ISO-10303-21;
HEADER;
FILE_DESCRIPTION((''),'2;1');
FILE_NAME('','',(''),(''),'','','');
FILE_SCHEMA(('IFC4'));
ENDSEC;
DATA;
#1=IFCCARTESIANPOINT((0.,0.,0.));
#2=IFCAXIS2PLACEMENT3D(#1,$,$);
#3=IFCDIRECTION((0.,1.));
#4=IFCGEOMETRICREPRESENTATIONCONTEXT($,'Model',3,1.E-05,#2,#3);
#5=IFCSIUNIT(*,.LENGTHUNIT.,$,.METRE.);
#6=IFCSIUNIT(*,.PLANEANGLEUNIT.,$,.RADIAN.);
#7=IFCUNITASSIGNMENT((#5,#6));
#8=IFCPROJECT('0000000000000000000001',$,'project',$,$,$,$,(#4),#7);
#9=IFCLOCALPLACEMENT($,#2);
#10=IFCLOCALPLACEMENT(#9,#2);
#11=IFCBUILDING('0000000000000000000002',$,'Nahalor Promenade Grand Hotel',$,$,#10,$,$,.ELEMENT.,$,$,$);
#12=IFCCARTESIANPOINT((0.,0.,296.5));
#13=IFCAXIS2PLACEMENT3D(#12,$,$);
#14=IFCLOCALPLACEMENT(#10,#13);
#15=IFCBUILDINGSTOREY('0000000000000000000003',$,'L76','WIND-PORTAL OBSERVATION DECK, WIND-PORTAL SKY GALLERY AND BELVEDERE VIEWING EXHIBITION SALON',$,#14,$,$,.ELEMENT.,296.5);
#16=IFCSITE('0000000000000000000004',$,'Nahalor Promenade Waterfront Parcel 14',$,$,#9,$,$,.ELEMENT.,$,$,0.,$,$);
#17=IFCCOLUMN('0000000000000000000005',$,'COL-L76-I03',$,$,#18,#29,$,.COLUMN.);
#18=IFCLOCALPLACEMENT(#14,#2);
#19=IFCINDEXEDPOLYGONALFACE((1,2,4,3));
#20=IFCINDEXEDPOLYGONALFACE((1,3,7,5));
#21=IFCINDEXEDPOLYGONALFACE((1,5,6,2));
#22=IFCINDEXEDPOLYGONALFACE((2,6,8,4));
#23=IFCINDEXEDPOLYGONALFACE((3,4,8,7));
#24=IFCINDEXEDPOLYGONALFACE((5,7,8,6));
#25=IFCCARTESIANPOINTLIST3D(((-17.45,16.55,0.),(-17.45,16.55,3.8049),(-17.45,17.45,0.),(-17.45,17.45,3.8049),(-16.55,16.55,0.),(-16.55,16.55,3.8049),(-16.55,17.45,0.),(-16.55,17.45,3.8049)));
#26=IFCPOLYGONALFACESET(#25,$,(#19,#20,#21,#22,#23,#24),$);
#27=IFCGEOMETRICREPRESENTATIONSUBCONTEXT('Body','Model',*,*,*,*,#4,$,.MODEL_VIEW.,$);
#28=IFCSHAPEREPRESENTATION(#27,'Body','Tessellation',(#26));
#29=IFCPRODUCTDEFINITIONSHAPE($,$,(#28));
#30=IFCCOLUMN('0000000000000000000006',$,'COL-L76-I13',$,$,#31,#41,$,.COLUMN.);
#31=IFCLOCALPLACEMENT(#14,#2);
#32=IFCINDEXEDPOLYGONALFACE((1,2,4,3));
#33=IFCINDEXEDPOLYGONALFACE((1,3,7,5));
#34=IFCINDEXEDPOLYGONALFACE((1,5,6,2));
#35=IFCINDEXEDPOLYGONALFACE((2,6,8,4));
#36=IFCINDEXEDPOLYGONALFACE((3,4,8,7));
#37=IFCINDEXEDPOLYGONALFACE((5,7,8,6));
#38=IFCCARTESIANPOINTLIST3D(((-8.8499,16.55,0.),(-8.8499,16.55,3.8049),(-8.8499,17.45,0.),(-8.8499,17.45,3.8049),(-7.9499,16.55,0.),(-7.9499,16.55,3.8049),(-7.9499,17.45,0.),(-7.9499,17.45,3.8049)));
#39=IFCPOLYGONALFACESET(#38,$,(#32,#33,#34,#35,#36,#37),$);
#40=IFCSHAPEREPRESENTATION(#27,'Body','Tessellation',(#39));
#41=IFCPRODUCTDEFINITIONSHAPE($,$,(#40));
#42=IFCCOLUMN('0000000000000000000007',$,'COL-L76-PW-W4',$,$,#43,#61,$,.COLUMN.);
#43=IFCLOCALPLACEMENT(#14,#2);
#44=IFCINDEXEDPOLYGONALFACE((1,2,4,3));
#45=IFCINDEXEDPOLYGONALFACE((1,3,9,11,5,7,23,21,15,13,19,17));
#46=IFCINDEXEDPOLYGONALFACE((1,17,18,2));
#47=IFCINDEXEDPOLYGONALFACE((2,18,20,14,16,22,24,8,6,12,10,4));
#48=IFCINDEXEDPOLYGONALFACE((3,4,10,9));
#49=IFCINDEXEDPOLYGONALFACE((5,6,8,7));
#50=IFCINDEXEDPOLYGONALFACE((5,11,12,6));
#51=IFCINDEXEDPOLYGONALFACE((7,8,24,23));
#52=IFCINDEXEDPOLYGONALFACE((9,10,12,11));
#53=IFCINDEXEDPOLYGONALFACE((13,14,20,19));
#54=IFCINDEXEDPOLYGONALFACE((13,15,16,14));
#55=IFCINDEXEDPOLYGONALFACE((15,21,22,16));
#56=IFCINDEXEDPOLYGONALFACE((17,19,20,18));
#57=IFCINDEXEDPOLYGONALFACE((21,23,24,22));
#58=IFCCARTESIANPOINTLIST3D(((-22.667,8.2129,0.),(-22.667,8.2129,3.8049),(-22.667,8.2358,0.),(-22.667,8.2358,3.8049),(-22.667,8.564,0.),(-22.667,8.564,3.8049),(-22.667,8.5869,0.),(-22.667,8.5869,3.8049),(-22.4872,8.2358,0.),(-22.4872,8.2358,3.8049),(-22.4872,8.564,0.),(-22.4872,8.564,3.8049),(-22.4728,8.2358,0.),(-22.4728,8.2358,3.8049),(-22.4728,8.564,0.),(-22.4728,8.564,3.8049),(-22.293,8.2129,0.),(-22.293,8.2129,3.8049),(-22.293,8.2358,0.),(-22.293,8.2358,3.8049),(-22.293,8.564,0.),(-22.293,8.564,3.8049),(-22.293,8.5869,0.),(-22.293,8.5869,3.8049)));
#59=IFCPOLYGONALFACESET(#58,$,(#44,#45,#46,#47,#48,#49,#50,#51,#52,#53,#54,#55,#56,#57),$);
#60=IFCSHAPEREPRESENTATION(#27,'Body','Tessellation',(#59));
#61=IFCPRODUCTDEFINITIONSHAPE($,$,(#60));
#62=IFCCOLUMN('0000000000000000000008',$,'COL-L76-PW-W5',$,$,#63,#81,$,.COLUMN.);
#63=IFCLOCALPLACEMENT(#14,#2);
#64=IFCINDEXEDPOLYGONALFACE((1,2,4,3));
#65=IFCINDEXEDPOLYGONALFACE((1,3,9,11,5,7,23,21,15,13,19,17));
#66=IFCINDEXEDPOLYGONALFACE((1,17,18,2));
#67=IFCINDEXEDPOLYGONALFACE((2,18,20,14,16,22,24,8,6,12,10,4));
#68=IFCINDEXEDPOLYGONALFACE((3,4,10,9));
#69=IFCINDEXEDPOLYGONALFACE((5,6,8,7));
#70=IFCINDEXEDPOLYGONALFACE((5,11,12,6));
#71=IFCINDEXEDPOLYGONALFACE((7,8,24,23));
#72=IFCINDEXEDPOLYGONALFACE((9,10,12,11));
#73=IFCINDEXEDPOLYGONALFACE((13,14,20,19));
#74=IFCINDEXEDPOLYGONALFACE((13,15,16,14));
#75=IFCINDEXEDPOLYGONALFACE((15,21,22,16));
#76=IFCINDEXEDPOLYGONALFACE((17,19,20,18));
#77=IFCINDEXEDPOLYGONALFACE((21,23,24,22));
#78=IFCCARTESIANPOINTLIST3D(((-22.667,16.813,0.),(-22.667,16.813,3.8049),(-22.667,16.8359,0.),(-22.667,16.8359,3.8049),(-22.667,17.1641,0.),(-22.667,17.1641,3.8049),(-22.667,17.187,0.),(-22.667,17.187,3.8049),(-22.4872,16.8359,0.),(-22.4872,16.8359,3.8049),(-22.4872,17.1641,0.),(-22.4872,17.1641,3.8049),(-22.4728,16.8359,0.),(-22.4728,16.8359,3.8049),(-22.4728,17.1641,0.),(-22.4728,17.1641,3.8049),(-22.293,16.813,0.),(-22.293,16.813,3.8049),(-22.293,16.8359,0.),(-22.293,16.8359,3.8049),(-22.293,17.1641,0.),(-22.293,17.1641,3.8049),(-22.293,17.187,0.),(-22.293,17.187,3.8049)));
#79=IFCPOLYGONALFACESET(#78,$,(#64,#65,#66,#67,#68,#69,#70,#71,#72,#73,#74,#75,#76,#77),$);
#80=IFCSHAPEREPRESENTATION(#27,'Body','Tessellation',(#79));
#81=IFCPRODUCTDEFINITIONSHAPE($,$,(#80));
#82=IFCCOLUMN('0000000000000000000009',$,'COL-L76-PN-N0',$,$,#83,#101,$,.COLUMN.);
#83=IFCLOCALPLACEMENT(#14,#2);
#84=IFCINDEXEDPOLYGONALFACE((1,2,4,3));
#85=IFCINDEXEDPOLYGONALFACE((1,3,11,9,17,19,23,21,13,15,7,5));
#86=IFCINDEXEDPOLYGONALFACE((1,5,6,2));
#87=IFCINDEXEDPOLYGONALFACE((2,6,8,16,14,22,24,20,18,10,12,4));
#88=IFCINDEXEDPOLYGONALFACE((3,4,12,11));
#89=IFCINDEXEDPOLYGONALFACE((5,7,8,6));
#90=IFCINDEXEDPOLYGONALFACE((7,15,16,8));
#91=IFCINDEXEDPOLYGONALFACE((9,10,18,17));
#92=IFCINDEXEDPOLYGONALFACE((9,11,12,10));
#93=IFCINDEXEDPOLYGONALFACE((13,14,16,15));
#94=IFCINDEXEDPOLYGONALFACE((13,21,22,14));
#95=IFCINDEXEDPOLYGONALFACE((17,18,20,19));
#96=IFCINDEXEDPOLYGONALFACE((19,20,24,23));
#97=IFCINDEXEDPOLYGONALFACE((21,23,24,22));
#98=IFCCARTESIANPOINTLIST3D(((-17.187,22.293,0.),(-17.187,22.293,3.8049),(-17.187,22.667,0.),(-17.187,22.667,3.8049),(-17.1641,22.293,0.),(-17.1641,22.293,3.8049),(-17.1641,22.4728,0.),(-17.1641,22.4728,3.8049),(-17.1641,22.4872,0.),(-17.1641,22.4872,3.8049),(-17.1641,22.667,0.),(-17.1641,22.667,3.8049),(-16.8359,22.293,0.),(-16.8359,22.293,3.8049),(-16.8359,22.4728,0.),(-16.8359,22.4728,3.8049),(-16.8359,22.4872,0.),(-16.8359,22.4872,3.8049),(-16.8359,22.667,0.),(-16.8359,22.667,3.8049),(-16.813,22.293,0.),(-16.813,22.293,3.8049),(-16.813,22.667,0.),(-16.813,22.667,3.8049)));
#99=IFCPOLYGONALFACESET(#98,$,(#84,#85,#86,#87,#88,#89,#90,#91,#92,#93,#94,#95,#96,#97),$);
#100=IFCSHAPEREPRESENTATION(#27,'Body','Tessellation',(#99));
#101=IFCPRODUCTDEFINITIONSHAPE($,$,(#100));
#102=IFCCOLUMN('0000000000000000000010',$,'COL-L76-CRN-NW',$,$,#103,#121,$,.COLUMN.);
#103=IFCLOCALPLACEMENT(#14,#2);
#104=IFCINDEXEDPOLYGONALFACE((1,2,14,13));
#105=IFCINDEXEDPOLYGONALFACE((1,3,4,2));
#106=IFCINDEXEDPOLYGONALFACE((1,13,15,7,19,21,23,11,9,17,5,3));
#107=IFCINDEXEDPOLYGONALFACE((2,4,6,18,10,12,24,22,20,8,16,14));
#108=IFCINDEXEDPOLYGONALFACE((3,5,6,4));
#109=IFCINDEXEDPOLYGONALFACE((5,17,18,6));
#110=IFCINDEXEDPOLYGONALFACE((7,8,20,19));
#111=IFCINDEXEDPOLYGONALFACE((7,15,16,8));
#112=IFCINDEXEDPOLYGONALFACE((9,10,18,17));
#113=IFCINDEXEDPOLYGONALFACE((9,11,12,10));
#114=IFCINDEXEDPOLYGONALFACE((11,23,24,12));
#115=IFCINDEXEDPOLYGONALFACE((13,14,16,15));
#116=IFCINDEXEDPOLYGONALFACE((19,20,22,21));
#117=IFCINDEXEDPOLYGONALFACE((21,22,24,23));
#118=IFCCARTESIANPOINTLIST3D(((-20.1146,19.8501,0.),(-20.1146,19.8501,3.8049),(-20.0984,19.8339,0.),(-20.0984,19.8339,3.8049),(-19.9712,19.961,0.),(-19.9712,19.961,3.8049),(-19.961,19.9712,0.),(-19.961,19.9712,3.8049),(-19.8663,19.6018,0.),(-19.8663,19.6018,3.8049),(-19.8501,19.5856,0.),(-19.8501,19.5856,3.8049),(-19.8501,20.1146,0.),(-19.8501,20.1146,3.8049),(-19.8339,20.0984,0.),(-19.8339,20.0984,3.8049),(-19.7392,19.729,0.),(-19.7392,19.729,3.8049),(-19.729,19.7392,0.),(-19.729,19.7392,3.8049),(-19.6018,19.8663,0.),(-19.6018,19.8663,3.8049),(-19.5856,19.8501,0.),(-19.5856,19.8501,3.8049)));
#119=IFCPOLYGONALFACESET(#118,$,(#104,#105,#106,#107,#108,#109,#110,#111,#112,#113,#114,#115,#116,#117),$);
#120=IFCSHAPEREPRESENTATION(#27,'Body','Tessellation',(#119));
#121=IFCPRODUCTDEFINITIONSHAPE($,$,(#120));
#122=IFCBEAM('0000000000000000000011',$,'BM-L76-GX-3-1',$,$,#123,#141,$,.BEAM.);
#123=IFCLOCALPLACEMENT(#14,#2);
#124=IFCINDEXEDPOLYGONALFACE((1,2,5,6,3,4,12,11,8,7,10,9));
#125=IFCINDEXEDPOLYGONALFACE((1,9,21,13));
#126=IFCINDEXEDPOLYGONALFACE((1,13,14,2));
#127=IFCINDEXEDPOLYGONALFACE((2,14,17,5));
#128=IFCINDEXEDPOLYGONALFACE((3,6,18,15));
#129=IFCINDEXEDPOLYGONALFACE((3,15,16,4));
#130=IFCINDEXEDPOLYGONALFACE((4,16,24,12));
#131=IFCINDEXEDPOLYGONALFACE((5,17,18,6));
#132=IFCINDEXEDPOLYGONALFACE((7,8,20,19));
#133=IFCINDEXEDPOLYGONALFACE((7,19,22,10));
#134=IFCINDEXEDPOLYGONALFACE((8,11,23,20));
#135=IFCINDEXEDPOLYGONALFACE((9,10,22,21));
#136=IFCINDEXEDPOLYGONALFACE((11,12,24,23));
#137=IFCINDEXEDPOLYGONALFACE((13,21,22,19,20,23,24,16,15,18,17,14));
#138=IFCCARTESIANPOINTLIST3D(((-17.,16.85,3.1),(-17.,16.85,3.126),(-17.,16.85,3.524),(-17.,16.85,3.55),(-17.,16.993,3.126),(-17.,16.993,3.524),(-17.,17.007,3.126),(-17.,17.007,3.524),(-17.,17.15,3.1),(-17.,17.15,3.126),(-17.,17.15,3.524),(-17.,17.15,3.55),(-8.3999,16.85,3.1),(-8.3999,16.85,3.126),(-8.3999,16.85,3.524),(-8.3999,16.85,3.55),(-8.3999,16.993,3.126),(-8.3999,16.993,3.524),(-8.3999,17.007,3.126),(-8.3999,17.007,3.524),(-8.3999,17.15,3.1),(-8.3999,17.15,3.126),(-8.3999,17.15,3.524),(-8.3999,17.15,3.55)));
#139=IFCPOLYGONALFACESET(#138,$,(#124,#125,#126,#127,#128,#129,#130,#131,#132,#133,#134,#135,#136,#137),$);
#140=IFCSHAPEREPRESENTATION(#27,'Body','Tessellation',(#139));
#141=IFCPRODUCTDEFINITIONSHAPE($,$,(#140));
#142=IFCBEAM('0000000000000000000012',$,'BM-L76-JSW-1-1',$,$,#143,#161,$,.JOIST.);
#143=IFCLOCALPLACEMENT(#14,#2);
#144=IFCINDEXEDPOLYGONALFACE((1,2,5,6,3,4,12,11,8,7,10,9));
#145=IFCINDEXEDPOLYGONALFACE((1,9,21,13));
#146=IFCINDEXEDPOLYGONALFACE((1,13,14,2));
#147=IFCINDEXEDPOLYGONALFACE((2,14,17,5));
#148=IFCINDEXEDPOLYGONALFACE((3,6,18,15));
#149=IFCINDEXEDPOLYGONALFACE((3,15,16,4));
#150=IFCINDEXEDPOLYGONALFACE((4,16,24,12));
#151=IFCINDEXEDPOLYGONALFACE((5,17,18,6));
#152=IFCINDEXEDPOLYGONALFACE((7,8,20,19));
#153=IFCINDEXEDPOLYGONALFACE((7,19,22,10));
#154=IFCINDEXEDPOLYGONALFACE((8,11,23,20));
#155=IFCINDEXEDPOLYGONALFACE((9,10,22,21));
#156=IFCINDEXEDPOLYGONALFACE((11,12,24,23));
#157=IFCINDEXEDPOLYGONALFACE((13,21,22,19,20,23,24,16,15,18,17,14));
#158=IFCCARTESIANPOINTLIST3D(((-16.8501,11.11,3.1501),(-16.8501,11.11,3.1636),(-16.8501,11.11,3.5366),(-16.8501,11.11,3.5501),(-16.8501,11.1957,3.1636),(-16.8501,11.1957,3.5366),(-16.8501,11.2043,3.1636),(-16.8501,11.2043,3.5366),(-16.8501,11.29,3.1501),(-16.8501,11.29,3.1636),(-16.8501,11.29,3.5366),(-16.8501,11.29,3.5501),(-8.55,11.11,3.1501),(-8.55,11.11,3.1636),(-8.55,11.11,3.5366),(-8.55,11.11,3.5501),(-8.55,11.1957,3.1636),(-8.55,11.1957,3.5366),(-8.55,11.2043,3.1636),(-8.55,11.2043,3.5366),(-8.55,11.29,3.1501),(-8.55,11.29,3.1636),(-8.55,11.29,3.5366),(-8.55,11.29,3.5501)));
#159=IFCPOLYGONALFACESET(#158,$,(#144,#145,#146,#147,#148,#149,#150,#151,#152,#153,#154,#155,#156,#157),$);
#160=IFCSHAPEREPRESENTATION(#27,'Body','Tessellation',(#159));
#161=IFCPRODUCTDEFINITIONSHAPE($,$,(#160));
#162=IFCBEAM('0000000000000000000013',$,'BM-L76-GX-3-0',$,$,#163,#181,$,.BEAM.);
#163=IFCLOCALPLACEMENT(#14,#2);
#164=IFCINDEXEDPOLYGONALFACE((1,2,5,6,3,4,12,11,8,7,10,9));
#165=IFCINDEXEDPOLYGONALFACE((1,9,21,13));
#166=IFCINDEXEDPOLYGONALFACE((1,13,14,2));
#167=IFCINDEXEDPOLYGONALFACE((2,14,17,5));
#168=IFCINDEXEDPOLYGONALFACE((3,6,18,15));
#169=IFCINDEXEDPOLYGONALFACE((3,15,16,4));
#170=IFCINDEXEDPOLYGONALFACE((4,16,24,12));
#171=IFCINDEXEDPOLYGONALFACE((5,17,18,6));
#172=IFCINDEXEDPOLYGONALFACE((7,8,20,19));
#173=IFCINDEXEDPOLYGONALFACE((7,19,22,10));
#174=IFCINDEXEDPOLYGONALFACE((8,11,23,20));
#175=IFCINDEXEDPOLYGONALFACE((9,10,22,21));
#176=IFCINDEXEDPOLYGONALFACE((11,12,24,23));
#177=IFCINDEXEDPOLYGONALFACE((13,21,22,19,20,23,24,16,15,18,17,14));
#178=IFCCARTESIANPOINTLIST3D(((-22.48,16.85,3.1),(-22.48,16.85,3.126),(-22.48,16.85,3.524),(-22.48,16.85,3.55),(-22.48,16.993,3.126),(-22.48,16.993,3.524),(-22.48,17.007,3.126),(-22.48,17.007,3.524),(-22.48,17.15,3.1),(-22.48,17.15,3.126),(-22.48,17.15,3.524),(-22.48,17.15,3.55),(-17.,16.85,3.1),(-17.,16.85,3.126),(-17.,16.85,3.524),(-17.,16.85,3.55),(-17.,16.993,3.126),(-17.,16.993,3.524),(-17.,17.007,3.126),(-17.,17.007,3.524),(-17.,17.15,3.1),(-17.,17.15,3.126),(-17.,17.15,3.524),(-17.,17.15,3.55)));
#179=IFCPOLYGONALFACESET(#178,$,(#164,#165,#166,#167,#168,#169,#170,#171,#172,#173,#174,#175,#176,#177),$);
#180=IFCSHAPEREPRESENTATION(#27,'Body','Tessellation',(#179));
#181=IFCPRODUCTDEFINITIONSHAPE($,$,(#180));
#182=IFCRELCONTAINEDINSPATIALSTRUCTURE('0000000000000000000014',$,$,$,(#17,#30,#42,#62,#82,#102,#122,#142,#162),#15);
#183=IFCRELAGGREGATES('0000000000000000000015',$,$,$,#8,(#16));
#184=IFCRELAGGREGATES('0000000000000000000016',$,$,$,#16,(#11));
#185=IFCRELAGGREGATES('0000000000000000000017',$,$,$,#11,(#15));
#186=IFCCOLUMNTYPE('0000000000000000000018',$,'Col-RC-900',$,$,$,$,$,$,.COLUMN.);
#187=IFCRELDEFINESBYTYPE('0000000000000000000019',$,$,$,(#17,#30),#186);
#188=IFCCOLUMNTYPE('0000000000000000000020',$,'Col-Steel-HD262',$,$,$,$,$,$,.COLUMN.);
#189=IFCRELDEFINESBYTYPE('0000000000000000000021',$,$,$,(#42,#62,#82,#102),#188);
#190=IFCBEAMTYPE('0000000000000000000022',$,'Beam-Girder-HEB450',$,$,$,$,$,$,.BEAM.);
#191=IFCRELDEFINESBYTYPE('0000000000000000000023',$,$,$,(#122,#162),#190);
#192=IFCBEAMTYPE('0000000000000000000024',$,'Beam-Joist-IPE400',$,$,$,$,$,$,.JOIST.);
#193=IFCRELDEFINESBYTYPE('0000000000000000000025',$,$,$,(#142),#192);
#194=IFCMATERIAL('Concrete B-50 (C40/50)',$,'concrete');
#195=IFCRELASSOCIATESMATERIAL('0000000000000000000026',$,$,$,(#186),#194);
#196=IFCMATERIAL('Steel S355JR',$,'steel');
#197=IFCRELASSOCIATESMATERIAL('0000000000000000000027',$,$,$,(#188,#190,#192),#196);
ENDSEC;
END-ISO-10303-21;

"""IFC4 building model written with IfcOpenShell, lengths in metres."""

from ifc_helpers import new_model, si_unit, direction, frame, origin, origin_2d, place, context, subcontext, project, spatial, rectangle, i_section, extrude, source, transform, mapped, material, material_profile, profile_set, type_object, element, save


model = new_model("IFC4")

# Units and contexts
model_context = context("Model", 3, precision=1e-05, world=origin(), true_north=direction((0.0, 1.0)))
body_context = subcontext(model_context, "Body", "Model", "MODEL_VIEW")
ifc_project = project(units=[si_unit("LENGTHUNIT", "METRE"), si_unit("PLANEANGLEUNIT", "RADIAN")], contexts=[model_context])

# Site, building, storey
site_placement = place(None, origin())
site = spatial("IfcSite", under=ifc_project, at=site_placement, Name="Nahalor Promenade Waterfront Parcel 14", CompositionType="ELEMENT", RefElevation=0.0)
building_placement = place(site_placement, origin())
building = spatial("IfcBuilding", under=site, at=building_placement, Name="Nahalor Promenade Grand Hotel", CompositionType="ELEMENT")
storey_placement = place(building_placement, frame((0.0, 0.0, 296.5)))
storey = spatial("IfcBuildingStorey", under=building, at=storey_placement, Name="L76", Description="WIND-PORTAL OBSERVATION DECK, WIND-PORTAL SKY GALLERY AND BELVEDERE VIEWING EXHIBITION SALON", CompositionType="ELEMENT", Elevation=296.5)

# Columns
ifc_material_1 = material(Name="Concrete B-50 (C40/50)", Category="concrete")
ifc_material_profile_1 = material_profile(ifc_material_1, rectangle(XDim=0.9, YDim=0.9, at=origin_2d()), Name="RC 900x900")
ifc_profile_set_1 = profile_set([ifc_material_profile_1], Name="Concrete B-50 (C40/50)")
column_type_1 = type_object("IfcColumnType", Name="Col-RC-900", PredefinedType="COLUMN", material=ifc_profile_set_1)
shared_shape_1 = source(origin(), body_context, "Body", "SweptSolid", [
    extrude(rectangle(XDim=0.9, YDim=0.9, at=origin_2d()), origin(), (0.0, 0.0, 1.0), 3.8049),
])
for number, where, z_axis, x_axis, name in (
    (1, (-17.0, 17.0, 0.0), (0.0, 0.0, 1.0), (1.0, 0.0, 0.0), "COL-L76-I03"),
    (2, (-8.3999, 17.0, 0.0), (0.0, 0.0, 1.0), (1.0, 0.0, 0.0), "COL-L76-I13"),
):
    element("IfcColumn", number, at=place(storey_placement, frame(where, z_axis=z_axis, x_axis=x_axis)), inside=storey, type_object=column_type_1, Name=name, PredefinedType="COLUMN", context=body_context, shape_type="MappedRepresentation", body=[
        mapped(shared_shape_1, transform((0.0, 0.0, 0.0), scale=1.0)),
    ])
ifc_material_2 = material(Name="Steel S355JR", Category="steel")
ifc_material_profile_2 = material_profile(ifc_material_2, i_section(OverallWidth=0.374, OverallDepth=0.374, WebThickness=0.0144, FlangeThickness=0.0229, at=origin_2d()), Name="HD 360x262")
ifc_profile_set_2 = profile_set([ifc_material_profile_2], Name="Steel S355JR")
column_type_2 = type_object("IfcColumnType", Name="Col-Steel-HD262", PredefinedType="COLUMN", material=ifc_profile_set_2)
shared_shape_2 = source(origin(), body_context, "Body", "SweptSolid", [
    extrude(i_section(OverallWidth=0.374, OverallDepth=0.374, WebThickness=0.0144, FlangeThickness=0.0229, at=origin_2d()), origin(), (0.0, 0.0, 1.0), 3.8049),
])
for number, where, z_axis, x_axis, name in (
    (3, (-22.48, 8.3999, 0.0), (0.0, 0.0, 1.0), (1.0, 0.0, 0.0), "COL-L76-PW-W4"),
    (4, (-22.48, 17.0, 0.0), (0.0, 0.0, 1.0), (1.0, 0.0, 0.0), "COL-L76-PW-W5"),
    (5, (-17.0, 22.48, 0.0), (0.0, 0.0, 1.0), (0.0, 1.0, 0.0), "COL-L76-PN-N0"),
    (6, (-19.8501, 19.8501, 0.0), (0.0, 0.0, 1.0), (0.707107, 0.707107, 0.0), "COL-L76-CRN-NW"),
):
    element("IfcColumn", number, at=place(storey_placement, frame(where, z_axis=z_axis, x_axis=x_axis)), inside=storey, type_object=column_type_2, Name=name, PredefinedType="COLUMN", context=body_context, shape_type="MappedRepresentation", body=[
        mapped(shared_shape_2, transform((0.0, 0.0, 0.0), scale=1.0)),
    ])

# Beams
ifc_material_profile_3 = material_profile(ifc_material_2, i_section(OverallWidth=0.3, OverallDepth=0.45, WebThickness=0.014, FlangeThickness=0.026, at=origin_2d()), Name="HEB 450")
ifc_profile_set_3 = profile_set([ifc_material_profile_3], Name="Steel S355JR")
beam_type_1 = type_object("IfcBeamType", Name="Beam-Girder-HEB450", PredefinedType="BEAM", material=ifc_profile_set_3)
shared_shape_3 = source(origin(), body_context, "Body", "SweptSolid", [
    extrude(i_section(OverallWidth=0.3, OverallDepth=0.45, WebThickness=0.014, FlangeThickness=0.026, at=origin_2d()), origin(), (0.0, 0.0, 1.0), 8.6001),
])
beam_1_placement = place(storey_placement, frame((-17.0, 17.0, 3.325), z_axis=(1.0, 0.0, 0.0), x_axis=(0.0, 1.0, 0.0)))
element("IfcBeam", 7, at=beam_1_placement, inside=storey, type_object=beam_type_1, Name="BM-L76-GX-3-1", PredefinedType="BEAM", context=body_context, shape_type="MappedRepresentation", body=[
    mapped(shared_shape_3, transform((0.0, 0.0, 0.0), scale=1.0)),
])
ifc_material_profile_4 = material_profile(ifc_material_2, i_section(OverallWidth=0.18, OverallDepth=0.4, WebThickness=0.0086, FlangeThickness=0.0135, at=origin_2d()), Name="IPE 400")
ifc_profile_set_4 = profile_set([ifc_material_profile_4], Name="Steel S355JR")
beam_type_2 = type_object("IfcBeamType", Name="Beam-Joist-IPE400", PredefinedType="JOIST", material=ifc_profile_set_4)
shared_shape_4 = source(origin(), body_context, "Body", "SweptSolid", [
    extrude(i_section(OverallWidth=0.18, OverallDepth=0.4, WebThickness=0.0086, FlangeThickness=0.0135, at=origin_2d()), origin(), (0.0, 0.0, 1.0), 8.3),
])
beam_2_placement = place(storey_placement, frame((-16.8501, 11.2, 3.3501), z_axis=(1.0, 0.0, 0.0), x_axis=(0.0, 1.0, 0.0)))
element("IfcBeam", 8, at=beam_2_placement, inside=storey, type_object=beam_type_2, Name="BM-L76-JSW-1-1", PredefinedType="JOIST", context=body_context, shape_type="MappedRepresentation", body=[
    mapped(shared_shape_4, transform((0.0, 0.0, 0.0), scale=1.0)),
])
shared_shape_5 = source(origin(), body_context, "Body", "SweptSolid", [
    extrude(i_section(OverallWidth=0.3, OverallDepth=0.45, WebThickness=0.014, FlangeThickness=0.026, at=origin_2d()), origin(), (0.0, 0.0, 1.0), 5.48),
])
for number, where, z_axis, x_axis, name in (
    (9, (-22.48, 17.0, 3.325), (1.0, 0.0, 0.0), (0.0, 1.0, 0.0), "BM-L76-GX-3-0"),
):
    element("IfcBeam", number, at=place(storey_placement, frame(where, z_axis=z_axis, x_axis=x_axis)), inside=storey, type_object=beam_type_1, Name=name, PredefinedType="BEAM", context=body_context, shape_type="MappedRepresentation", body=[
        mapped(shared_shape_5, transform((0.0, 0.0, 0.0), scale=1.0)),
    ])

save(model, "model.ifc")
